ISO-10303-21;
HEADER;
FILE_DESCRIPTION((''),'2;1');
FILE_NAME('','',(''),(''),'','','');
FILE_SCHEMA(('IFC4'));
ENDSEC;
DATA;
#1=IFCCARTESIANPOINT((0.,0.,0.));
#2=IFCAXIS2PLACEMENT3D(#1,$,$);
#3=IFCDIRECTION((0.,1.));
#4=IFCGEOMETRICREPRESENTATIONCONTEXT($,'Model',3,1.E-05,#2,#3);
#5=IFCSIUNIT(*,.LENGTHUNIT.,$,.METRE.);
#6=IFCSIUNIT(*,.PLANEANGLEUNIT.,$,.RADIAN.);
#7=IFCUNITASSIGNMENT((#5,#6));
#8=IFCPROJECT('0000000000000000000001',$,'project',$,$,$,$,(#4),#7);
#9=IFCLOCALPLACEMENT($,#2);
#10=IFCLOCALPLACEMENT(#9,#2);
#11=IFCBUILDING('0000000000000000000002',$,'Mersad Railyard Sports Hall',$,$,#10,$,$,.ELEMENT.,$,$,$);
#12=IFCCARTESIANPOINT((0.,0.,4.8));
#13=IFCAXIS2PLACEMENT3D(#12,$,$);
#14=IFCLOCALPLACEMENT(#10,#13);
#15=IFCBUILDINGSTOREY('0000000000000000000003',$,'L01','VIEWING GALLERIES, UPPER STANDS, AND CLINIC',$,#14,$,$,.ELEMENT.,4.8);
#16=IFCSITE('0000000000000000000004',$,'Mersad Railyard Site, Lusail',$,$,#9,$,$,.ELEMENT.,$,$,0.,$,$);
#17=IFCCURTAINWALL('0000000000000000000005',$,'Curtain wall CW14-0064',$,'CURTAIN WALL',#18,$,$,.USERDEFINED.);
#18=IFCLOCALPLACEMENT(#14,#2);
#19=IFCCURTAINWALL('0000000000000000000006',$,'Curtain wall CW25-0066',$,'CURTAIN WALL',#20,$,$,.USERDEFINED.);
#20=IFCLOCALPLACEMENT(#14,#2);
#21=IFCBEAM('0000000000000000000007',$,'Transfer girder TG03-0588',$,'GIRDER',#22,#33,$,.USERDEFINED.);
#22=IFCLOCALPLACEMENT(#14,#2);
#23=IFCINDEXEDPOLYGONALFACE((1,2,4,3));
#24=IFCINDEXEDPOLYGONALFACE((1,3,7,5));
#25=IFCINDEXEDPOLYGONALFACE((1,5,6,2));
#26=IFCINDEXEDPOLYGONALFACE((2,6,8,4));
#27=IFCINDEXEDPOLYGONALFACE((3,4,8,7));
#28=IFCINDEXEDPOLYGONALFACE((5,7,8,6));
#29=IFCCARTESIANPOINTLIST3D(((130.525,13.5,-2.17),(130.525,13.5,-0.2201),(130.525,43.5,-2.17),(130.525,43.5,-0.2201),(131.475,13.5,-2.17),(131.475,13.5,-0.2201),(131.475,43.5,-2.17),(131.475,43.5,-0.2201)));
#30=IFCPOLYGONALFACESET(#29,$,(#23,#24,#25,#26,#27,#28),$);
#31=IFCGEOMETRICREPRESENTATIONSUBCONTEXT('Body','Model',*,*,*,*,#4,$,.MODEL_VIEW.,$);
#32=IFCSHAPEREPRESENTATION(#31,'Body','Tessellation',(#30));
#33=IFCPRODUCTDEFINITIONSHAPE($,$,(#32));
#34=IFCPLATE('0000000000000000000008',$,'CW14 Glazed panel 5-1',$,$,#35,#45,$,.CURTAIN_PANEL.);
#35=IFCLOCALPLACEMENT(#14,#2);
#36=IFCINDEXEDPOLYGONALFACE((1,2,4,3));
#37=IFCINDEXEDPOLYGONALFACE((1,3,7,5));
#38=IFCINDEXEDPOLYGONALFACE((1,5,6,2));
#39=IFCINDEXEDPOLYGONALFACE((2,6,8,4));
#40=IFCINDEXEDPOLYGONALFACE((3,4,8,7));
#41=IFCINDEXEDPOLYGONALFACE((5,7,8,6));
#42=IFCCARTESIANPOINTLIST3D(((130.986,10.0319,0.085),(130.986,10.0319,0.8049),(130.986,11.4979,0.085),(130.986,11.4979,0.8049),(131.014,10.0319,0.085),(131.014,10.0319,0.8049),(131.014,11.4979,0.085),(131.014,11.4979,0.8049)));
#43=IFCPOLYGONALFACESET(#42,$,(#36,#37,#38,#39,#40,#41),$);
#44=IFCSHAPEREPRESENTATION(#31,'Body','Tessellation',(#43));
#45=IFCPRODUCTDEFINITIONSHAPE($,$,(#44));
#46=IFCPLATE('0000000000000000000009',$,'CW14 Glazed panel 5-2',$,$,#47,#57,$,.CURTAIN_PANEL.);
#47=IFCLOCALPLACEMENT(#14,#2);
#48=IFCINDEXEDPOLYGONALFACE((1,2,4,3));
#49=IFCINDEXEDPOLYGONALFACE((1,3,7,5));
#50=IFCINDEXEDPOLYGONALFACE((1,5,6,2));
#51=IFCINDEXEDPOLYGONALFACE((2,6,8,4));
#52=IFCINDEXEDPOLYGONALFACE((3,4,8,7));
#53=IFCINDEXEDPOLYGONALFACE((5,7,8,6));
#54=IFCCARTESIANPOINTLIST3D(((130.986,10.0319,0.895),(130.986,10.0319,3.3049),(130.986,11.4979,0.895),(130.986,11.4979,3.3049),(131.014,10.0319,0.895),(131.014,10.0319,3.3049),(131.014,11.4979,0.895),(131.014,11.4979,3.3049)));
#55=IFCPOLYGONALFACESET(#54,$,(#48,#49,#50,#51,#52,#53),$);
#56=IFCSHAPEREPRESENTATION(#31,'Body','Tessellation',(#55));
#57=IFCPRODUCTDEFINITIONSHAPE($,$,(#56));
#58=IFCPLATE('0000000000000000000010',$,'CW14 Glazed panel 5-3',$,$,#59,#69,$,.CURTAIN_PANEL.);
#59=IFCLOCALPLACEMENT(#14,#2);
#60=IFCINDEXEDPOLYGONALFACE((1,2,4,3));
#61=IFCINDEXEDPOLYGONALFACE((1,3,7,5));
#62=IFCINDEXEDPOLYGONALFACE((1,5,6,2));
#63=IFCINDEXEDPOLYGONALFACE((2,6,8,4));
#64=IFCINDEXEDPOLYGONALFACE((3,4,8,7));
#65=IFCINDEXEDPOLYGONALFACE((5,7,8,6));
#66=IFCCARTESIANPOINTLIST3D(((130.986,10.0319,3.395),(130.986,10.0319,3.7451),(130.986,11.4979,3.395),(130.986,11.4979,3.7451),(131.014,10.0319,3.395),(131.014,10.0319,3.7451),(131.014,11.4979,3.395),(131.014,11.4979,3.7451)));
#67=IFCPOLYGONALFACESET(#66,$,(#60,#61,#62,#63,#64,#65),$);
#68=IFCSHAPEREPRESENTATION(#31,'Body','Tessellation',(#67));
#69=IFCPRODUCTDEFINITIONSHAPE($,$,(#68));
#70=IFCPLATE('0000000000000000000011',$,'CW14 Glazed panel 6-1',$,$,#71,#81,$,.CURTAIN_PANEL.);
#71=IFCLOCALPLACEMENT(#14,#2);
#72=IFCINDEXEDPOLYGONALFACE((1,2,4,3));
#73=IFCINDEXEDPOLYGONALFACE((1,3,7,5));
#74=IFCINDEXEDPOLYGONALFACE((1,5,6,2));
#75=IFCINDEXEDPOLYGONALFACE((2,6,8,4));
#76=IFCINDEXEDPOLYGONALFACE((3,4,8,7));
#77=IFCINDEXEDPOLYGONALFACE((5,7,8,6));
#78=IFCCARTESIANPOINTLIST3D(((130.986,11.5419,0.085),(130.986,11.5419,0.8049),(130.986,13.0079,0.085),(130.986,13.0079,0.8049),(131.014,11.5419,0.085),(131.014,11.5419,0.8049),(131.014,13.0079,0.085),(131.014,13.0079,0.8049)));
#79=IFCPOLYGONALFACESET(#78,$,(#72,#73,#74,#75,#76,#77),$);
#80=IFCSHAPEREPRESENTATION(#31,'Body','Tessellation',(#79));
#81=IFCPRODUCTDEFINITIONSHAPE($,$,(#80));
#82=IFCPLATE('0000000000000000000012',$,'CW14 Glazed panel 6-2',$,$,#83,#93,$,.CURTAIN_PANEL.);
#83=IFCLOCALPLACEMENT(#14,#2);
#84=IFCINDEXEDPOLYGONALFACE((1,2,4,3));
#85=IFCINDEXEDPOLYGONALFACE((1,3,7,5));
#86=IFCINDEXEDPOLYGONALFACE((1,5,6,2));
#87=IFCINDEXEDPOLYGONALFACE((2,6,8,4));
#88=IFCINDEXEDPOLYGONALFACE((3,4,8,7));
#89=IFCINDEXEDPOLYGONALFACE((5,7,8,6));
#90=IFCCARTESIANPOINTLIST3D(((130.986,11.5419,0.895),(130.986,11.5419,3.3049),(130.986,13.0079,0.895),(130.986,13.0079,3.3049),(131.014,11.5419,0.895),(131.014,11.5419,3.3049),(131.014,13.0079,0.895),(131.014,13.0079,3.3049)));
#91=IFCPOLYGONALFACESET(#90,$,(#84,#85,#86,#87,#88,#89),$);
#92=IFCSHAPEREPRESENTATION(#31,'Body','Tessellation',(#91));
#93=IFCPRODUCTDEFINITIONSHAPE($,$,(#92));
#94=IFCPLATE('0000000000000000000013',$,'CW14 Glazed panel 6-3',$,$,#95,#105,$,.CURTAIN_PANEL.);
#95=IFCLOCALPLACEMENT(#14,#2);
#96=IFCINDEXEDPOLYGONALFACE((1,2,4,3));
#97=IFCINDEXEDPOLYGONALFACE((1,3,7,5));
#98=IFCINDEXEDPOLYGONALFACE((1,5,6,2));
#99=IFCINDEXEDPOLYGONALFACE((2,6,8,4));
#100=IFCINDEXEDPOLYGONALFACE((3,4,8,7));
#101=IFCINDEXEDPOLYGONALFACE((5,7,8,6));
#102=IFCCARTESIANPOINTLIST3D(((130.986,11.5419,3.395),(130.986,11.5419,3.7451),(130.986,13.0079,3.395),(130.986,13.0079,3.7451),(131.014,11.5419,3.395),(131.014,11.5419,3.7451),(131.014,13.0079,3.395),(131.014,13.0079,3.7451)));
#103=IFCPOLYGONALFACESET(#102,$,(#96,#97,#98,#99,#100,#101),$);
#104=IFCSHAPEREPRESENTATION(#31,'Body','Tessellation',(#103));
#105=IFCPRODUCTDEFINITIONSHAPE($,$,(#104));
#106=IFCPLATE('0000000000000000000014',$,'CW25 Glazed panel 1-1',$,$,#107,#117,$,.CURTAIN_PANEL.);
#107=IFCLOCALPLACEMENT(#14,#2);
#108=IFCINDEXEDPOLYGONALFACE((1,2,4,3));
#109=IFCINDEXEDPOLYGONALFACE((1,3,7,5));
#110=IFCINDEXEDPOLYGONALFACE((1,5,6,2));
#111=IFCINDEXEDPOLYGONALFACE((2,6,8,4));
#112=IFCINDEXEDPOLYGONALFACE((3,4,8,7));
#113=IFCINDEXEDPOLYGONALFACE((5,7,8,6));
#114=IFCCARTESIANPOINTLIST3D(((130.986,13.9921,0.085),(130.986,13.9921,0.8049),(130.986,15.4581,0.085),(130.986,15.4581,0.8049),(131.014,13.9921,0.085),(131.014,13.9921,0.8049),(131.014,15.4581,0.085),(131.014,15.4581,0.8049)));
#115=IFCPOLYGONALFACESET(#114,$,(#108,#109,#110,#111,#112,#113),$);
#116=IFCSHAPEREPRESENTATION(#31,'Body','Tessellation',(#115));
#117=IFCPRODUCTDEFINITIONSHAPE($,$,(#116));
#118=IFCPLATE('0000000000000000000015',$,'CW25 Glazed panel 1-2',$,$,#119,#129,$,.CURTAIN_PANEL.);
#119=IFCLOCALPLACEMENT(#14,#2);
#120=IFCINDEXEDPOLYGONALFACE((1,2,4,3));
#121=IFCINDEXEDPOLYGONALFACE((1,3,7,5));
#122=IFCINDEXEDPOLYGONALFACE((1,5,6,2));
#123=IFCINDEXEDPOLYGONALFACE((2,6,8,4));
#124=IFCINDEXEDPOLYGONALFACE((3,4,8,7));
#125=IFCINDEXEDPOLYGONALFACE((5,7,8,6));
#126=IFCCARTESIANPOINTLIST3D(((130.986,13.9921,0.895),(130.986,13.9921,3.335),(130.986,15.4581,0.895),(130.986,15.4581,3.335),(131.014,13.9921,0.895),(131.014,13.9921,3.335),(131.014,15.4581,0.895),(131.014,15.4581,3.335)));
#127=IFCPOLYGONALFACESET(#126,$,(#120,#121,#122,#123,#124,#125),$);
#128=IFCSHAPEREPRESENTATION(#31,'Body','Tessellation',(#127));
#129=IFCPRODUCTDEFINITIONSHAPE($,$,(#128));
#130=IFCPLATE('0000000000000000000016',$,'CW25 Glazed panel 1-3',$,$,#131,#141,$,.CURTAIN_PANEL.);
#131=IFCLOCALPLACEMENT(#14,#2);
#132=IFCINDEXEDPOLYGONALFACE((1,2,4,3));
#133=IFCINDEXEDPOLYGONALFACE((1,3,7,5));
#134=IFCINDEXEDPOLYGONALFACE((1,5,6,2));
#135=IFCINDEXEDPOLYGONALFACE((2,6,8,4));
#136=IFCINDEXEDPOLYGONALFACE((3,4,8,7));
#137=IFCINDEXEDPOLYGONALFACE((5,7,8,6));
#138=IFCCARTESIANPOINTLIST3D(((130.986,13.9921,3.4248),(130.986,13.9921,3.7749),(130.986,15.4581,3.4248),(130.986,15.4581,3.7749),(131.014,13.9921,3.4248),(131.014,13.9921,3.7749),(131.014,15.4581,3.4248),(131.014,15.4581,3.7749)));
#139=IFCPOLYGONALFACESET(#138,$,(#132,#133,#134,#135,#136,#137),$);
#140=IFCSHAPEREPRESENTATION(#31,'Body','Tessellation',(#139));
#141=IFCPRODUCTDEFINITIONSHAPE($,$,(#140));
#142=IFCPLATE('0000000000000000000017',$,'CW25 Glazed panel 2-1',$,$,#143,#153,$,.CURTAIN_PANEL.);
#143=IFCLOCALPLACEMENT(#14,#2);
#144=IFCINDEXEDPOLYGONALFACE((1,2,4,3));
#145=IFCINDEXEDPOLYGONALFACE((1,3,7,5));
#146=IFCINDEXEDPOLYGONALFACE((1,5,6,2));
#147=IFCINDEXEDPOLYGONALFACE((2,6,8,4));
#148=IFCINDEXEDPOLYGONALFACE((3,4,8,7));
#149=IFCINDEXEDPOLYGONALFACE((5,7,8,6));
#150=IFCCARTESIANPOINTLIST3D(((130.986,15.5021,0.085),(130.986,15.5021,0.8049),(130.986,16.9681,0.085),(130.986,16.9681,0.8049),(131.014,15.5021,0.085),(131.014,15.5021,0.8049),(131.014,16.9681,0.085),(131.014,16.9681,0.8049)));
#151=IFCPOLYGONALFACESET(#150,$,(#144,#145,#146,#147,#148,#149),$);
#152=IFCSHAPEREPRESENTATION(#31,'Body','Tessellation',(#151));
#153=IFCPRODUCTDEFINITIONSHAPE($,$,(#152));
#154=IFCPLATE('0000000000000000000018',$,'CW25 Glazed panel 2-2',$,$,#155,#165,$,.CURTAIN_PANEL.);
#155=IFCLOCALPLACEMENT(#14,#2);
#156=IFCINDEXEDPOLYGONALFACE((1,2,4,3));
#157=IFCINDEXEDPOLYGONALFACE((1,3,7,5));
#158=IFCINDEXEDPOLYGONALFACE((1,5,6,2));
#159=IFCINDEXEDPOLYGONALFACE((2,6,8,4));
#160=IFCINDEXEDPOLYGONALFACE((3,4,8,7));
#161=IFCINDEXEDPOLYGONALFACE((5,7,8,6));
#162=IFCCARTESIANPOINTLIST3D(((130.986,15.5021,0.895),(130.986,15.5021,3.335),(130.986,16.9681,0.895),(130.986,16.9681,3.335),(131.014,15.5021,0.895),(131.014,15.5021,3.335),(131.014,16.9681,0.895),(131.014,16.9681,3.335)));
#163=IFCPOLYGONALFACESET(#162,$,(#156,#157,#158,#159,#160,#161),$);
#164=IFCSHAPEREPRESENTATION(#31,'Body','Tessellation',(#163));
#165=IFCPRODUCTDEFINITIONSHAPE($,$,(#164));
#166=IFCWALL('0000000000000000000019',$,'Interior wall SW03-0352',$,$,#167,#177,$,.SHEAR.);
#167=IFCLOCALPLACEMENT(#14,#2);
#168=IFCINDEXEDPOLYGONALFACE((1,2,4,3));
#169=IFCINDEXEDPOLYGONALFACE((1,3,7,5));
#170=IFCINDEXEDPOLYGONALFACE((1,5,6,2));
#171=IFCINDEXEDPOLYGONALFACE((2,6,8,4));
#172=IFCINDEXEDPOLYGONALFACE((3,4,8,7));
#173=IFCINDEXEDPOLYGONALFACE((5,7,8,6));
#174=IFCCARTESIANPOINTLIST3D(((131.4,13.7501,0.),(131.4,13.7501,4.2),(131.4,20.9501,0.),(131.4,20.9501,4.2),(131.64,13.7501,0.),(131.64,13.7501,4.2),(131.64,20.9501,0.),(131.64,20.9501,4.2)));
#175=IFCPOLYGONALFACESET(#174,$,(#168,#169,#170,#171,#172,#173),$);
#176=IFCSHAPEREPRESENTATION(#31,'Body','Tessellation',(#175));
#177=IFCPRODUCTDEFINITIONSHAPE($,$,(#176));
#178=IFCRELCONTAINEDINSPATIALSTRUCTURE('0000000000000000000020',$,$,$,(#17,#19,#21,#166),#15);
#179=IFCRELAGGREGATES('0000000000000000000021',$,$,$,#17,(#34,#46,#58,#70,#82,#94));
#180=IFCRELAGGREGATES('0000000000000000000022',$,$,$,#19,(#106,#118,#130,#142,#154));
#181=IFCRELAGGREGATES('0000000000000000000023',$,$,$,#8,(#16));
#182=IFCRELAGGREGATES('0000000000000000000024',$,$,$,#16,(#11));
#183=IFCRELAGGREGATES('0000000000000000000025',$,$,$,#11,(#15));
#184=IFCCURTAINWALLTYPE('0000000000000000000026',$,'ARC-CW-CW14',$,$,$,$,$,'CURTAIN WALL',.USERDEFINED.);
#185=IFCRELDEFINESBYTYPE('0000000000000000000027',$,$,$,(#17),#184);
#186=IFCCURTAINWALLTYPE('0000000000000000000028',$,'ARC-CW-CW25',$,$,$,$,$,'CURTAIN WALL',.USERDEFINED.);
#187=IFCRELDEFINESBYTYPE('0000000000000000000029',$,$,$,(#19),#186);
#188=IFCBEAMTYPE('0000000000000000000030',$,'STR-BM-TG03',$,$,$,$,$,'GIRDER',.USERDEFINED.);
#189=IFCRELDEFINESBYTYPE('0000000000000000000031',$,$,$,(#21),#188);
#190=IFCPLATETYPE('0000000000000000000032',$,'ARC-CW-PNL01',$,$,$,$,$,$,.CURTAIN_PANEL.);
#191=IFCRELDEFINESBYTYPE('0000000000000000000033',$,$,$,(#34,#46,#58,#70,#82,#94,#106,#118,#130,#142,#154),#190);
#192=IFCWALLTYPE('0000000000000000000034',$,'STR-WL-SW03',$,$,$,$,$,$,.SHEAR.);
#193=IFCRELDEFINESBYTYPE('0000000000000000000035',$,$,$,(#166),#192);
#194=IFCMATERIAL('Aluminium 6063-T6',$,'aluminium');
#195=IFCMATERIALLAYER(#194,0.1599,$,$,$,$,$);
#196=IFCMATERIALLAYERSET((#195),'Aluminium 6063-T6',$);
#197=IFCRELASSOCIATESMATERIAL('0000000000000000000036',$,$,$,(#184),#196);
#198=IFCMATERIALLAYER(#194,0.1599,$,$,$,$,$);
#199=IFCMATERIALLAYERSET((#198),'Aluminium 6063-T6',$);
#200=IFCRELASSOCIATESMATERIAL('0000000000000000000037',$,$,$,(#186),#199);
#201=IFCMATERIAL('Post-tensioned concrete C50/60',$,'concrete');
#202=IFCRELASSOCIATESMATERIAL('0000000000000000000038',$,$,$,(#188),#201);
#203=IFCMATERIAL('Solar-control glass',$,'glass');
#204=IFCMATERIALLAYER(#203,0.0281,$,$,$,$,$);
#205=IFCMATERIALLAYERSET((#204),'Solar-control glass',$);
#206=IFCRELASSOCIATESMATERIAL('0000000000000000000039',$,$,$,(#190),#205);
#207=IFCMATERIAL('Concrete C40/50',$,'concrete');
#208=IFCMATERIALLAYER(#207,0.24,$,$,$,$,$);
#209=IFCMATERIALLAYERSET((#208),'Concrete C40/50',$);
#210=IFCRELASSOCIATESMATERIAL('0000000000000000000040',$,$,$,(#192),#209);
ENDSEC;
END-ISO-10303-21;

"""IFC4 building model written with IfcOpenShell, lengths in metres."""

from ifc_helpers import new_model, si_unit, direction, frame, frame_2d, origin, origin_2d, place, context, subcontext, project, spatial, rectangle, extrude, material, layer, layer_set, material_profile, profile_set, type_object, element, aggregate, save


model = new_model("IFC4")

# Units and contexts
model_context = context("Model", 3, precision=1e-05, world=origin(), true_north=direction((0.0, 1.0)))
body_context = subcontext(model_context, "Body", "Model", "MODEL_VIEW")
ifc_project = project(units=[si_unit("LENGTHUNIT", "METRE"), si_unit("PLANEANGLEUNIT", "RADIAN")], contexts=[model_context])

# Site, building, storey
site_placement = place(None, origin())
site = spatial("IfcSite", under=ifc_project, at=site_placement, Name="Mersad Railyard Site, Lusail", CompositionType="ELEMENT", RefElevation=0.0)
building_placement = place(site_placement, origin())
building = spatial("IfcBuilding", under=site, at=building_placement, Name="Mersad Railyard Sports Hall", CompositionType="ELEMENT")
storey_placement = place(building_placement, frame((0.0, 0.0, 4.8)))
storey = spatial("IfcBuildingStorey", under=building, at=storey_placement, Name="L01", Description="VIEWING GALLERIES, UPPER STANDS, AND CLINIC", CompositionType="ELEMENT", Elevation=4.8)

# Curtain walls
ifc_material_1 = material(Name="Aluminium 6063-T6", Category="aluminium")
ifc_layer_1 = layer(ifc_material_1, 0.1599)
ifc_layer_set_1 = layer_set([ifc_layer_1], Name="Aluminium 6063-T6")
curtain_wall_type_1 = type_object("IfcCurtainWallType", Name="ARC-CW-CW14", ElementType="CURTAIN WALL", PredefinedType="USERDEFINED", material=ifc_layer_set_1)
curtain_wall_1_placement = place(storey_placement, origin())
curtain_wall_1 = element("IfcCurtainWall", 1, at=curtain_wall_1_placement, inside=storey, type_object=curtain_wall_type_1, Name="Curtain wall CW14-0064", ObjectType="CURTAIN WALL", PredefinedType="USERDEFINED")
ifc_layer_2 = layer(ifc_material_1, 0.1599)
ifc_layer_set_2 = layer_set([ifc_layer_2], Name="Aluminium 6063-T6")
curtain_wall_type_2 = type_object("IfcCurtainWallType", Name="ARC-CW-CW25", ElementType="CURTAIN WALL", PredefinedType="USERDEFINED", material=ifc_layer_set_2)
curtain_wall_2_placement = place(storey_placement, origin())
curtain_wall_2 = element("IfcCurtainWall", 2, at=curtain_wall_2_placement, inside=storey, type_object=curtain_wall_type_2, Name="Curtain wall CW25-0066", ObjectType="CURTAIN WALL", PredefinedType="USERDEFINED")

# Beam
ifc_material_2 = material(Name="Concrete C40/50", Category="concrete")
ifc_material_3 = material(Name="Post-tensioned concrete C50/60", Category="concrete")
ifc_material_profile_1 = material_profile(ifc_material_3, rectangle(XDim=0.95, YDim=1.95, at=origin_2d()), Name="PT 950x1950")
ifc_profile_set_1 = profile_set([ifc_material_profile_1], Name="Post-tensioned concrete C50/60")
beam_type_1 = type_object("IfcBeamType", Name="STR-BM-TG03", ElementType="GIRDER", PredefinedType="USERDEFINED", material=ifc_profile_set_1)
beam_1_placement = place(storey_placement, frame((131.0, 13.5, -1.1951), z_axis=(0.0, 1.0, 0.0), x_axis=(-1.0, 0.0, 0.0)))
element("IfcBeam", 3, at=beam_1_placement, inside=storey, type_object=beam_type_1, Name="Transfer girder TG03-0588", ObjectType="GIRDER", PredefinedType="USERDEFINED", context=body_context, shape_type="SweptSolid", body=[
    extrude(rectangle(XDim=0.95, YDim=1.95, at=origin_2d()), origin(), (0.0, 0.0, 1.0), 30.0),
])

# Plates
ifc_material_4 = material(Name="Solar-control glass", Category="glass")
ifc_layer_3 = layer(ifc_material_4, 0.0281)
ifc_layer_set_3 = layer_set([ifc_layer_3], Name="Solar-control glass")
plate_type = type_object("IfcPlateType", Name="ARC-CW-PNL01", PredefinedType="CURTAIN_PANEL", material=ifc_layer_set_3)
plate_1_placement = place(storey_placement, frame((131.0, 10.7649, 0.085), z_axis=(0.0, 0.0, 1.0), x_axis=(0.0, 1.0, 0.0)))
plate_1 = element("IfcPlate", 4, at=plate_1_placement, type_object=plate_type, Name="CW14 Glazed panel 5-1", PredefinedType="CURTAIN_PANEL", context=body_context, shape_type="SweptSolid", body=[
    extrude(rectangle(XDim=1.4661, YDim=0.0281, at=origin_2d()), origin(), (0.0, 0.0, 1.0), 0.72),
])
plate_2_placement = place(storey_placement, frame((131.0, 10.7649, 0.895), z_axis=(0.0, 0.0, 1.0), x_axis=(0.0, 1.0, 0.0)))
plate_2 = element("IfcPlate", 5, at=plate_2_placement, type_object=plate_type, Name="CW14 Glazed panel 5-2", PredefinedType="CURTAIN_PANEL", context=body_context, shape_type="SweptSolid", body=[
    extrude(rectangle(XDim=1.4661, YDim=0.0281, at=origin_2d()), origin(), (0.0, 0.0, 1.0), 2.4099),
])
plate_3_placement = place(storey_placement, frame((131.0, 10.7649, 3.395), z_axis=(0.0, 0.0, 1.0), x_axis=(0.0, 1.0, 0.0)))
plate_3 = element("IfcPlate", 6, at=plate_3_placement, type_object=plate_type, Name="CW14 Glazed panel 5-3", PredefinedType="CURTAIN_PANEL", context=body_context, shape_type="SweptSolid", body=[
    extrude(rectangle(XDim=1.4661, YDim=0.0281, at=origin_2d()), origin(), (0.0, 0.0, 1.0), 0.3501),
])
plate_4_placement = place(storey_placement, frame((131.0, 12.2749, 0.085), z_axis=(0.0, 0.0, 1.0), x_axis=(0.0, 1.0, 0.0)))
plate_4 = element("IfcPlate", 7, at=plate_4_placement, type_object=plate_type, Name="CW14 Glazed panel 6-1", PredefinedType="CURTAIN_PANEL", context=body_context, shape_type="SweptSolid", body=[
    extrude(rectangle(XDim=1.4661, YDim=0.0281, at=origin_2d()), origin(), (0.0, 0.0, 1.0), 0.72),
])
plate_5_placement = place(storey_placement, frame((131.0, 12.2749, 0.895), z_axis=(0.0, 0.0, 1.0), x_axis=(0.0, 1.0, 0.0)))
plate_5 = element("IfcPlate", 8, at=plate_5_placement, type_object=plate_type, Name="CW14 Glazed panel 6-2", PredefinedType="CURTAIN_PANEL", context=body_context, shape_type="SweptSolid", body=[
    extrude(rectangle(XDim=1.4661, YDim=0.0281, at=origin_2d()), origin(), (0.0, 0.0, 1.0), 2.4099),
])
plate_6_placement = place(storey_placement, frame((131.0, 12.2749, 3.395), z_axis=(0.0, 0.0, 1.0), x_axis=(0.0, 1.0, 0.0)))
plate_6 = element("IfcPlate", 9, at=plate_6_placement, type_object=plate_type, Name="CW14 Glazed panel 6-3", PredefinedType="CURTAIN_PANEL", context=body_context, shape_type="SweptSolid", body=[
    extrude(rectangle(XDim=1.4661, YDim=0.0281, at=origin_2d()), origin(), (0.0, 0.0, 1.0), 0.3501),
])
aggregate(curtain_wall_1, [plate_1, plate_2, plate_3, plate_4, plate_5, plate_6])
plate_7_placement = place(storey_placement, frame((131.0, 14.7251, 0.085), z_axis=(0.0, 0.0, 1.0), x_axis=(0.0, 1.0, 0.0)))
plate_7 = element("IfcPlate", 10, at=plate_7_placement, type_object=plate_type, Name="CW25 Glazed panel 1-1", PredefinedType="CURTAIN_PANEL", context=body_context, shape_type="SweptSolid", body=[
    extrude(rectangle(XDim=1.4661, YDim=0.0281, at=origin_2d()), origin(), (0.0, 0.0, 1.0), 0.72),
])
plate_8_placement = place(storey_placement, frame((131.0, 14.7251, 0.895), z_axis=(0.0, 0.0, 1.0), x_axis=(0.0, 1.0, 0.0)))
plate_8 = element("IfcPlate", 11, at=plate_8_placement, type_object=plate_type, Name="CW25 Glazed panel 1-2", PredefinedType="CURTAIN_PANEL", context=body_context, shape_type="SweptSolid", body=[
    extrude(rectangle(XDim=1.4661, YDim=0.0281, at=origin_2d()), origin(), (0.0, 0.0, 1.0), 2.4399),
])
plate_9_placement = place(storey_placement, frame((131.0, 14.7251, 3.4248), z_axis=(0.0, 0.0, 1.0), x_axis=(0.0, 1.0, 0.0)))
plate_9 = element("IfcPlate", 12, at=plate_9_placement, type_object=plate_type, Name="CW25 Glazed panel 1-3", PredefinedType="CURTAIN_PANEL", context=body_context, shape_type="SweptSolid", body=[
    extrude(rectangle(XDim=1.4661, YDim=0.0281, at=origin_2d()), origin(), (0.0, 0.0, 1.0), 0.3501),
])
plate_10_placement = place(storey_placement, frame((131.0, 16.2351, 0.085), z_axis=(0.0, 0.0, 1.0), x_axis=(0.0, 1.0, 0.0)))
plate_10 = element("IfcPlate", 13, at=plate_10_placement, type_object=plate_type, Name="CW25 Glazed panel 2-1", PredefinedType="CURTAIN_PANEL", context=body_context, shape_type="SweptSolid", body=[
    extrude(rectangle(XDim=1.4661, YDim=0.0281, at=origin_2d()), origin(), (0.0, 0.0, 1.0), 0.72),
])
plate_11_placement = place(storey_placement, frame((131.0, 16.2351, 0.895), z_axis=(0.0, 0.0, 1.0), x_axis=(0.0, 1.0, 0.0)))
plate_11 = element("IfcPlate", 14, at=plate_11_placement, type_object=plate_type, Name="CW25 Glazed panel 2-2", PredefinedType="CURTAIN_PANEL", context=body_context, shape_type="SweptSolid", body=[
    extrude(rectangle(XDim=1.4661, YDim=0.0281, at=origin_2d()), origin(), (0.0, 0.0, 1.0), 2.4399),
])
aggregate(curtain_wall_2, [plate_7, plate_8, plate_9, plate_10, plate_11])

# Wall
ifc_layer_4 = layer(ifc_material_2, 0.24)
ifc_layer_set_4 = layer_set([ifc_layer_4], Name="Concrete C40/50")
wall_type = type_object("IfcWallType", Name="STR-WL-SW03", PredefinedType="SHEAR", material=ifc_layer_set_4)
wall_1_placement = place(storey_placement, frame((131.52, 13.75, 0.0), z_axis=(0.0, 0.0, 1.0), x_axis=(0.0, 1.0, 0.0)))
element("IfcWall", 15, at=wall_1_placement, inside=storey, type_object=wall_type, Name="Interior wall SW03-0352", PredefinedType="SHEAR", context=body_context, shape_type="SweptSolid", body=[
    extrude(rectangle(XDim=7.2, YDim=0.24, at=frame_2d((3.6001, 0.0))), origin(), (0.0, 0.0, 1.0), 4.2),
])

save(model, "model.ifc")
